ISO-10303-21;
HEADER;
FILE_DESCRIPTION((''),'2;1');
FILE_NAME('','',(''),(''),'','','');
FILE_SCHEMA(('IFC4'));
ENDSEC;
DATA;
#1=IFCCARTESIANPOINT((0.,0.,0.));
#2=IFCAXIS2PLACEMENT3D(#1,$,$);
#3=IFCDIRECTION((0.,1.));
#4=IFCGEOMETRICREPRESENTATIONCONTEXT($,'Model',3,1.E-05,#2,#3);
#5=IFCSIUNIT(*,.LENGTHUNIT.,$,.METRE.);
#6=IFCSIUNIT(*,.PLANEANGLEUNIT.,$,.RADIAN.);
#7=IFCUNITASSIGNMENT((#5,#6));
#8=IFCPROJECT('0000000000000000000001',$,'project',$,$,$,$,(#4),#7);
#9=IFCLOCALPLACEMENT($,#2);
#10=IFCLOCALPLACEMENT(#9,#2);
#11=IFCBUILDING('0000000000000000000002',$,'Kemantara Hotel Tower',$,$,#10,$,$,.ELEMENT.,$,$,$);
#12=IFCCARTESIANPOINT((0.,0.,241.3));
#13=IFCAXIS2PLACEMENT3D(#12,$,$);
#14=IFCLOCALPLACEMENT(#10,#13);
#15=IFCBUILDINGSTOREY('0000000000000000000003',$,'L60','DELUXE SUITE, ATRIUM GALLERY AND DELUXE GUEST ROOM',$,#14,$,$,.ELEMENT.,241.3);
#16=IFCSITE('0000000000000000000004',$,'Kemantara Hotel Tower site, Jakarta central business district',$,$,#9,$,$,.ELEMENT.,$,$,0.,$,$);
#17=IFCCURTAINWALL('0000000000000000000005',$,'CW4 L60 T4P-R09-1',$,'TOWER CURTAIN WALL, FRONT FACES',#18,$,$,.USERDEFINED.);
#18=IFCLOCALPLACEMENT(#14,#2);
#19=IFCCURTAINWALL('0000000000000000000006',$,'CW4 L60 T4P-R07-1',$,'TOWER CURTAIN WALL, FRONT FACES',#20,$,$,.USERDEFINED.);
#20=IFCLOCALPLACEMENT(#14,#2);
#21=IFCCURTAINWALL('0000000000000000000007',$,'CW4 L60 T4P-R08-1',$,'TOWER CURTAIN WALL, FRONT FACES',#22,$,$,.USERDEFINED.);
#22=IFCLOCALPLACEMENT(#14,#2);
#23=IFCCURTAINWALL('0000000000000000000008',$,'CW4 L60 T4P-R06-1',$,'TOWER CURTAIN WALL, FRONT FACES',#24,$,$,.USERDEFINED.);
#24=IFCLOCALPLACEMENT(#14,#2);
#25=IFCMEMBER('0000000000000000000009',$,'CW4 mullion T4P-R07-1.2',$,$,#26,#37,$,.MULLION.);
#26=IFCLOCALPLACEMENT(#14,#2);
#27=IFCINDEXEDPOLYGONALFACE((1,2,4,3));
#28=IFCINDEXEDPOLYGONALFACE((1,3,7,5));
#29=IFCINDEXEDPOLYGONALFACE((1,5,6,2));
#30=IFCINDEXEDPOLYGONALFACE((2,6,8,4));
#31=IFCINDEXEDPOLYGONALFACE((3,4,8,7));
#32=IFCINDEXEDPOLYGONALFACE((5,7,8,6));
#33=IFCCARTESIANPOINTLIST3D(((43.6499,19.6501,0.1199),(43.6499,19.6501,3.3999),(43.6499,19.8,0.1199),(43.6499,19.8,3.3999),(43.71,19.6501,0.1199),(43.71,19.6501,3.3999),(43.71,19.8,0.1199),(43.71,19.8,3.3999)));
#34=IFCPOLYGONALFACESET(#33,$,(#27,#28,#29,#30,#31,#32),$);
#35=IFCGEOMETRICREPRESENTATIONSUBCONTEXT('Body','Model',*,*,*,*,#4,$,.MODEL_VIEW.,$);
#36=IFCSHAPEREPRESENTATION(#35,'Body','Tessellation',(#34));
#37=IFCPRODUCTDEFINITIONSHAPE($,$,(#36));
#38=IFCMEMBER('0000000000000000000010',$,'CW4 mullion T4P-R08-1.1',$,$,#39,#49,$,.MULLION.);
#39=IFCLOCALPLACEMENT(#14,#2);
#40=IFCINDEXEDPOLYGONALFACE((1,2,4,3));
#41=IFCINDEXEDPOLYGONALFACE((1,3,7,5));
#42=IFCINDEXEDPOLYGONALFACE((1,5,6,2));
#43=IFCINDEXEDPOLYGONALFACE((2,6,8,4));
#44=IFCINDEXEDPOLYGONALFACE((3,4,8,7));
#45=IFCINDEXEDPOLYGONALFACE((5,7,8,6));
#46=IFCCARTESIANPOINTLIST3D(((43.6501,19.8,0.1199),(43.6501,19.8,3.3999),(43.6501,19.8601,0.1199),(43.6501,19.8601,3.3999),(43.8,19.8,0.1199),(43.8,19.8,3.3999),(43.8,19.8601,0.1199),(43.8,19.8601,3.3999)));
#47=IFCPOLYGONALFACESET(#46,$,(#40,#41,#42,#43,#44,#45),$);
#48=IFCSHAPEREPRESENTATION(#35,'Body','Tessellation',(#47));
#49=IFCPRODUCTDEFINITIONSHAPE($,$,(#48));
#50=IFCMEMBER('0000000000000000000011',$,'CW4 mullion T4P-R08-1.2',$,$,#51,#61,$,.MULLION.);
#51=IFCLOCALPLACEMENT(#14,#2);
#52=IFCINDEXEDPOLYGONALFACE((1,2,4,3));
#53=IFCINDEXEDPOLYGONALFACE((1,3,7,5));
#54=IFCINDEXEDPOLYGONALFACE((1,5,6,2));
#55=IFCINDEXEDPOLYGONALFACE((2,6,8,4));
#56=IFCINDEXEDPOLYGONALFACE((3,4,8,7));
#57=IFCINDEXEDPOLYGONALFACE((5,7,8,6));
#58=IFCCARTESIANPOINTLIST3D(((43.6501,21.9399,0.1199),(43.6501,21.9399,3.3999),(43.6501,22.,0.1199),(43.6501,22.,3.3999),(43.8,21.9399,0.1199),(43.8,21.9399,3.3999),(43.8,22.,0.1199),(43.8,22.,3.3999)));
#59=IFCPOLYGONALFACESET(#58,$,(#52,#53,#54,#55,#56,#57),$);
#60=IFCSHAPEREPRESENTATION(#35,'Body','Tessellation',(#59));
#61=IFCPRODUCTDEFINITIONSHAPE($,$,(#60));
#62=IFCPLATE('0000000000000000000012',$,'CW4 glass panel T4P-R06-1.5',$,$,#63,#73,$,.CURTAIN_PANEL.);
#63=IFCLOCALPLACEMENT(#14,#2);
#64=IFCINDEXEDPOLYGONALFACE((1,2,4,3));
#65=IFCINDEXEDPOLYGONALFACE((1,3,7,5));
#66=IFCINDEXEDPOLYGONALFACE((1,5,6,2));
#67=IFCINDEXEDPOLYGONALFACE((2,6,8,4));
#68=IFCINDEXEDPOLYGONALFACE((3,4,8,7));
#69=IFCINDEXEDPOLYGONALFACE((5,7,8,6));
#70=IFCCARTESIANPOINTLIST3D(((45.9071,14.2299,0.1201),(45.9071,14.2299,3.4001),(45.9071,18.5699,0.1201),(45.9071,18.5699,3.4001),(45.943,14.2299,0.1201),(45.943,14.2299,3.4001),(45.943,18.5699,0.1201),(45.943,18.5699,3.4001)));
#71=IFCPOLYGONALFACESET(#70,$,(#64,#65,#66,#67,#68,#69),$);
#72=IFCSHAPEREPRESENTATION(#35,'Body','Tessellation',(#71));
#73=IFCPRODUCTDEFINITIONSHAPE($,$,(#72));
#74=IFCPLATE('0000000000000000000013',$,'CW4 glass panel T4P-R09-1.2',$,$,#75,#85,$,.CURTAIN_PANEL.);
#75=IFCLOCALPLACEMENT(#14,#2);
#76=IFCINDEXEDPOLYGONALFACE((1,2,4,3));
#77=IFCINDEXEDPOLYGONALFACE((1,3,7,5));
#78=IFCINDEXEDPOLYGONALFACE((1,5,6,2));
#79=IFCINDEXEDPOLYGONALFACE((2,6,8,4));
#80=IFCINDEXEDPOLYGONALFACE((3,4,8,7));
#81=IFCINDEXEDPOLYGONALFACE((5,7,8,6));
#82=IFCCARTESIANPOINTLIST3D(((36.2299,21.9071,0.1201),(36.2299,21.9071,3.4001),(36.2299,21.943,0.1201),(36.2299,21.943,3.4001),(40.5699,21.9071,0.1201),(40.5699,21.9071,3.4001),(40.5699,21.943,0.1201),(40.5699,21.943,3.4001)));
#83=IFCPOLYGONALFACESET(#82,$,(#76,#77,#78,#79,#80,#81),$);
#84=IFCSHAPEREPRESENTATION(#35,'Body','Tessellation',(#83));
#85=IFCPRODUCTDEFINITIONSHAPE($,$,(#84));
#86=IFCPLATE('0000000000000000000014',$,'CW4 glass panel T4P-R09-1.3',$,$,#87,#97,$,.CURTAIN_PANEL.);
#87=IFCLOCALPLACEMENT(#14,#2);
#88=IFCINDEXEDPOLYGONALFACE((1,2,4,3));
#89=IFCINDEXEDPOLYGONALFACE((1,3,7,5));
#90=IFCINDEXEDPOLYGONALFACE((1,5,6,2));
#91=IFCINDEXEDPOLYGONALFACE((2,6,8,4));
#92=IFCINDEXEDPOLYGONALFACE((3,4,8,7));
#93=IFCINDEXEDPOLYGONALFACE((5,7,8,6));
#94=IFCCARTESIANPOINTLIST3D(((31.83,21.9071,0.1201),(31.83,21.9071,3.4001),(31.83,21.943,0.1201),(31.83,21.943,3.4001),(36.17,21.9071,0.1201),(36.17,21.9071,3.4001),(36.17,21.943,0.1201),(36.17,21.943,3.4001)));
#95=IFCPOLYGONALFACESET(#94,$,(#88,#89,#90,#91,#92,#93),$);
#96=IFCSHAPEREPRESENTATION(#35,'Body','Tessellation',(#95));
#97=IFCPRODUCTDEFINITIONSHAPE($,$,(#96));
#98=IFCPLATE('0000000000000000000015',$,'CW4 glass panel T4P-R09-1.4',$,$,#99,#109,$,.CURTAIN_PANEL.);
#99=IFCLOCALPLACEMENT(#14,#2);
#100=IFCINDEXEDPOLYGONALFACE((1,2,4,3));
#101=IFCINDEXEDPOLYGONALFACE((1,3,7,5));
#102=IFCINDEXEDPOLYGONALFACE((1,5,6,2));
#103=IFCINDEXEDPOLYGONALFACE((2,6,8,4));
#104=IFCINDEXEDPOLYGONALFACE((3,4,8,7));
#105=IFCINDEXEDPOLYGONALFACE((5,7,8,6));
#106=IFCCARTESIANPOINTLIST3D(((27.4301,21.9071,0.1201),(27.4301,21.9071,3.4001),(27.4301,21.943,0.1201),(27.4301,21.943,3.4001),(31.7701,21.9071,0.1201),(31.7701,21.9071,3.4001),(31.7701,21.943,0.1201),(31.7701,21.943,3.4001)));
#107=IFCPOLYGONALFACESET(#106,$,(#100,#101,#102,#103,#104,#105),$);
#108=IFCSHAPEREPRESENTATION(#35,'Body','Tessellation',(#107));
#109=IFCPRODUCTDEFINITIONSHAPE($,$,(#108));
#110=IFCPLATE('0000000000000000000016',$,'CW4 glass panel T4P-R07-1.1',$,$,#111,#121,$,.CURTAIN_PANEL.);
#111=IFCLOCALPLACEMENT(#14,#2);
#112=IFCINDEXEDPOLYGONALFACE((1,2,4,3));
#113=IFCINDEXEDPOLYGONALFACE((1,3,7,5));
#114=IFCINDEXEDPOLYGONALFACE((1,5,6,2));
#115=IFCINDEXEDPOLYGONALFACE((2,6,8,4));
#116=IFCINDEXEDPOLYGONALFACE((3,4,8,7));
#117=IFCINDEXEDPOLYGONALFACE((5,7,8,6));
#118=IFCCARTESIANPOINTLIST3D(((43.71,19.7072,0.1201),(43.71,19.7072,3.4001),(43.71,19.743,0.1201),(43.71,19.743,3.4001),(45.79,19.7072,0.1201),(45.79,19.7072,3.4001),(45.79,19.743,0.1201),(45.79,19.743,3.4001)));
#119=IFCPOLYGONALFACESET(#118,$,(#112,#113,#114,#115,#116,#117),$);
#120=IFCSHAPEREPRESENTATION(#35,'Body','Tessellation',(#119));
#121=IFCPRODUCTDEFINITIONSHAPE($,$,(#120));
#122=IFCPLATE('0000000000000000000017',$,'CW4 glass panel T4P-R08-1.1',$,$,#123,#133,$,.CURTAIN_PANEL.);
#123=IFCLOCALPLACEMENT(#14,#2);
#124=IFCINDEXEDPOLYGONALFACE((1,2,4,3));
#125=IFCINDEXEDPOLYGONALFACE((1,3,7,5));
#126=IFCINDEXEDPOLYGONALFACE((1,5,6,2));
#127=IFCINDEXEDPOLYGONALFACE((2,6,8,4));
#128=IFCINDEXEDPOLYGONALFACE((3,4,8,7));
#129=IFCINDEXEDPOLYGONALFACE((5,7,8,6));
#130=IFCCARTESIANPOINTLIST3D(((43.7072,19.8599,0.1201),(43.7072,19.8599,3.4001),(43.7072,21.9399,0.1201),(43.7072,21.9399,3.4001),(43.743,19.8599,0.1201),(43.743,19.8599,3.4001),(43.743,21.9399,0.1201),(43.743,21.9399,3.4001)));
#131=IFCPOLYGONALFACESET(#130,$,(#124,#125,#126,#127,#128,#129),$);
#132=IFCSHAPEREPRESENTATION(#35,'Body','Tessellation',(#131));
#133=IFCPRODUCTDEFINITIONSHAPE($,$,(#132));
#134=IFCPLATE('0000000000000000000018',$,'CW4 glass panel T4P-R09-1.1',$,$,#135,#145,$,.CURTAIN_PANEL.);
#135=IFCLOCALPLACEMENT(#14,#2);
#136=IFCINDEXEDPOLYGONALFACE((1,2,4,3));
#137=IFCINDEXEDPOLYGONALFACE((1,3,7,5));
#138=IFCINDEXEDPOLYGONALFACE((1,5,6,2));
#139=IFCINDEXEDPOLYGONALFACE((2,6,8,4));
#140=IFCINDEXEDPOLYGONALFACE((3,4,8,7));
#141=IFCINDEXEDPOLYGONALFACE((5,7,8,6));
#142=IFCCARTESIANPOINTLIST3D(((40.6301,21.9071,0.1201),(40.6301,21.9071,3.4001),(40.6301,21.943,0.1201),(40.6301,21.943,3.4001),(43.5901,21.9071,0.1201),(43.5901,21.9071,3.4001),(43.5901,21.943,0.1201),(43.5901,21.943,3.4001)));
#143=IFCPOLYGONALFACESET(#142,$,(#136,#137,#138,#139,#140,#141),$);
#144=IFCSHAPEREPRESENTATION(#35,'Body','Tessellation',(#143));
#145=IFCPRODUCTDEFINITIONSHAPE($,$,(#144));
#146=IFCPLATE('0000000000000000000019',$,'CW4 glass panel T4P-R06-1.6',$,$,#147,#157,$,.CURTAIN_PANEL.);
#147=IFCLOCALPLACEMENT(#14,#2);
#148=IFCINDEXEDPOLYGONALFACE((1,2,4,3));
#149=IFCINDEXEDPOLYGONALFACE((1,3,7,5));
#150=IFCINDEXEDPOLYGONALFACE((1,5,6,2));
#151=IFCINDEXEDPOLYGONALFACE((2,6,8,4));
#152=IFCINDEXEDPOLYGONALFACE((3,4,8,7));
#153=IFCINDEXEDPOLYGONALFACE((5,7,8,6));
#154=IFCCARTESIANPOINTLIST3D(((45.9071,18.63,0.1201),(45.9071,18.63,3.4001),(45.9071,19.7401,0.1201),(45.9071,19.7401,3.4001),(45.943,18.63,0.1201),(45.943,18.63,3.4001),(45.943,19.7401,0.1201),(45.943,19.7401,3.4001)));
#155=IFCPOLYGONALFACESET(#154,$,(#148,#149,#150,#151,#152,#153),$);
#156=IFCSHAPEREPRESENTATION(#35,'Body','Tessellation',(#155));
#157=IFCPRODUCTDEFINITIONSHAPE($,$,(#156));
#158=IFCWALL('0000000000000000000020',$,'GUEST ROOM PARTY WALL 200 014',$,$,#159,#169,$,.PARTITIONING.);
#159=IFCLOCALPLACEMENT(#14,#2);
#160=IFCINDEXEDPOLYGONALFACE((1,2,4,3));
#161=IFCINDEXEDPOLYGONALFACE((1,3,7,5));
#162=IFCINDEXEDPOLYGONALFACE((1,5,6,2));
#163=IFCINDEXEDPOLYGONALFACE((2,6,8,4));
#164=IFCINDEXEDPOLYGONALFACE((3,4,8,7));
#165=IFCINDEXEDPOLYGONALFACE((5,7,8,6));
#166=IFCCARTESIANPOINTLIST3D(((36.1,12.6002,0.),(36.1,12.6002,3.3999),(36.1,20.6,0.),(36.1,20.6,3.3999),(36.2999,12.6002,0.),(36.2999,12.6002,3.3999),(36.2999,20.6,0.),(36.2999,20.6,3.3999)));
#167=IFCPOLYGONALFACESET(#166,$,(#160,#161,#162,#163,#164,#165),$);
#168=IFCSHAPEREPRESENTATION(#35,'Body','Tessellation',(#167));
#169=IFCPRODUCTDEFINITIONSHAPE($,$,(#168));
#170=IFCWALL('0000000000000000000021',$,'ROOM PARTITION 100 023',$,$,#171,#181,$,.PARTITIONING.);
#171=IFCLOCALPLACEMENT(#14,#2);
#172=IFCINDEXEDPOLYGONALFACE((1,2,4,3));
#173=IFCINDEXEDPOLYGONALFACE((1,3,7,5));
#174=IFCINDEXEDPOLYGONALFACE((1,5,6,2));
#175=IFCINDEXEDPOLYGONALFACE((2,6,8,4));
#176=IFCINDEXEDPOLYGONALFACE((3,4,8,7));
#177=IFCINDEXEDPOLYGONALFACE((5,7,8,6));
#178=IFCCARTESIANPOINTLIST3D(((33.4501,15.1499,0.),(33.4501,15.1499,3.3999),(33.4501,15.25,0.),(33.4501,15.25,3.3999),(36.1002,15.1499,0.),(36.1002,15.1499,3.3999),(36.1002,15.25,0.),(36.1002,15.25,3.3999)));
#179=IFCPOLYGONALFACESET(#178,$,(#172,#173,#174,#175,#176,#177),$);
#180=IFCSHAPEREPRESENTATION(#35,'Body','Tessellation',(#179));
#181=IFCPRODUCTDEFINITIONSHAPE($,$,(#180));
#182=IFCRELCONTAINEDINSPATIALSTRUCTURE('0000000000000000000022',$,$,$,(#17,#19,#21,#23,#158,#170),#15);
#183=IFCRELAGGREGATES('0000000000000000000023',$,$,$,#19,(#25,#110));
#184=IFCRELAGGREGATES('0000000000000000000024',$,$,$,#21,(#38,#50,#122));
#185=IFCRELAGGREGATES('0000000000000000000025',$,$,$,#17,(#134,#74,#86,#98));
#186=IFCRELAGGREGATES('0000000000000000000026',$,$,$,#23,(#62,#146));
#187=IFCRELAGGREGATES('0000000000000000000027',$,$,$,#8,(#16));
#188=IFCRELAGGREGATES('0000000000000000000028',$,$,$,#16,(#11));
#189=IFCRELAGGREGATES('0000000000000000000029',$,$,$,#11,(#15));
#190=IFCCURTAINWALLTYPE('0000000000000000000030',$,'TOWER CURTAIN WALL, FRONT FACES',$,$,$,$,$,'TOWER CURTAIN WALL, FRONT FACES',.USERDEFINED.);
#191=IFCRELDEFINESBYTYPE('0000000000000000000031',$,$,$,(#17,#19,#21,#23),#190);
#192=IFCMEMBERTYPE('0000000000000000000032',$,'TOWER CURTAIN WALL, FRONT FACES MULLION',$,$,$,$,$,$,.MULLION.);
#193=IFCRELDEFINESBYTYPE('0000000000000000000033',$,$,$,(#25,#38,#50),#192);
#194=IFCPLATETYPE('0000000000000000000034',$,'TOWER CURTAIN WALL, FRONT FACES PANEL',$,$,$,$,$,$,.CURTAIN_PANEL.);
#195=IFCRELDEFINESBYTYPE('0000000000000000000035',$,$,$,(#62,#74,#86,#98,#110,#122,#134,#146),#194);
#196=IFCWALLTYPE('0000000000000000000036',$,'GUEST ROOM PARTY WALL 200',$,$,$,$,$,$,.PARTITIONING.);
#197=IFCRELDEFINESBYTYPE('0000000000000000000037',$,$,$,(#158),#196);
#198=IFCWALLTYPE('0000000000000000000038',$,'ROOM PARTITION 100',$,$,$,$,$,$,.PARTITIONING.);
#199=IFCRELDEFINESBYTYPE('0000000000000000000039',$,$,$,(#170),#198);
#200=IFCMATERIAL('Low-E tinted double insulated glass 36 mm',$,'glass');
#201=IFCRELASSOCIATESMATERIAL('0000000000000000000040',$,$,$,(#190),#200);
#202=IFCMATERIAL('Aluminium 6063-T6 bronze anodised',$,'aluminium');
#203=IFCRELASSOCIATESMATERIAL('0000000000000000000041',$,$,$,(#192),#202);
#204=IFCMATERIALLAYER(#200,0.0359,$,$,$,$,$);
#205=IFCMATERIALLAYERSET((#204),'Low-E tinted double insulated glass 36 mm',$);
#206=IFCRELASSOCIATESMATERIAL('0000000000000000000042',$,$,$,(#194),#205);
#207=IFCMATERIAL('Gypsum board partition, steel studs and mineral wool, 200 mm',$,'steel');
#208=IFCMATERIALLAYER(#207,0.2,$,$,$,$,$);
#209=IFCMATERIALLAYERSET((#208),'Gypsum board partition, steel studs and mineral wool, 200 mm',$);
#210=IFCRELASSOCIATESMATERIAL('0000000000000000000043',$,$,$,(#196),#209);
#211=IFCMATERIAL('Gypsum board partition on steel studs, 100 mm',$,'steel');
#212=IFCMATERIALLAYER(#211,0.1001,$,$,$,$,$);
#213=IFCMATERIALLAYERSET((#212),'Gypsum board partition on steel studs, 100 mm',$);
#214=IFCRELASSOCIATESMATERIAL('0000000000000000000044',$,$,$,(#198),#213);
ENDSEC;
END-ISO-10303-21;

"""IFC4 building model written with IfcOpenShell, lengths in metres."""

from ifc_helpers import new_model, si_unit, direction, frame, frame_2d, origin, origin_2d, place, context, subcontext, project, spatial, rectangle, extrude, source, transform, mapped, material, layer, layer_set, material_profile, profile_set, type_object, element, aggregate, save


model = new_model("IFC4")

# Units and contexts
model_context = context("Model", 3, precision=1e-05, world=origin(), true_north=direction((0.0, 1.0)))
body_context = subcontext(model_context, "Body", "Model", "MODEL_VIEW")
ifc_project = project(units=[si_unit("LENGTHUNIT", "METRE"), si_unit("PLANEANGLEUNIT", "RADIAN")], contexts=[model_context])

# Site, building, storey
site_placement = place(None, origin())
site = spatial("IfcSite", under=ifc_project, at=site_placement, Name="Kemantara Hotel Tower site, Jakarta central business district", CompositionType="ELEMENT", RefElevation=0.0)
building_placement = place(site_placement, origin())
building = spatial("IfcBuilding", under=site, at=building_placement, Name="Kemantara Hotel Tower", CompositionType="ELEMENT")
storey_placement = place(building_placement, frame((0.0, 0.0, 241.3)))
storey = spatial("IfcBuildingStorey", under=building, at=storey_placement, Name="L60", Description="DELUXE SUITE, ATRIUM GALLERY AND DELUXE GUEST ROOM", CompositionType="ELEMENT", Elevation=241.3)

# Curtain walls
ifc_material_1 = material(Name="Low-E tinted double insulated glass 36 mm", Category="glass")
curtain_wall_type = type_object("IfcCurtainWallType", Name="TOWER CURTAIN WALL, FRONT FACES", ElementType="TOWER CURTAIN WALL, FRONT FACES", PredefinedType="USERDEFINED", material=ifc_material_1)
curtain_wall_1_placement = place(storey_placement, origin())
curtain_wall_1 = element("IfcCurtainWall", 1, at=curtain_wall_1_placement, inside=storey, type_object=curtain_wall_type, Name="CW4 L60 T4P-R09-1", ObjectType="TOWER CURTAIN WALL, FRONT FACES", PredefinedType="USERDEFINED")
ifc_material_2 = material(Name="Aluminium 6063-T6 bronze anodised", Category="aluminium")
curtain_wall_2_placement = place(storey_placement, origin())
curtain_wall_2 = element("IfcCurtainWall", 2, at=curtain_wall_2_placement, inside=storey, type_object=curtain_wall_type, Name="CW4 L60 T4P-R07-1", ObjectType="TOWER CURTAIN WALL, FRONT FACES", PredefinedType="USERDEFINED")
curtain_wall_3_placement = place(storey_placement, origin())
curtain_wall_3 = element("IfcCurtainWall", 3, at=curtain_wall_3_placement, inside=storey, type_object=curtain_wall_type, Name="CW4 L60 T4P-R08-1", ObjectType="TOWER CURTAIN WALL, FRONT FACES", PredefinedType="USERDEFINED")

# Curtain wall
curtain_wall_4_placement = place(storey_placement, origin())
curtain_wall_4 = element("IfcCurtainWall", 4, at=curtain_wall_4_placement, inside=storey, type_object=curtain_wall_type, Name="CW4 L60 T4P-R06-1", ObjectType="TOWER CURTAIN WALL, FRONT FACES", PredefinedType="USERDEFINED")
ifc_material_profile_1 = material_profile(ifc_material_2, rectangle(XDim=0.1499, YDim=0.0601, at=origin_2d()), Name="TOWER CURTAIN WALL, FRONT FACES MULLION")
ifc_profile_set_1 = profile_set([ifc_material_profile_1], Name="Aluminium 6063-T6 bronze anodised")
member_type_1 = type_object("IfcMemberType", Name="TOWER CURTAIN WALL, FRONT FACES MULLION", PredefinedType="MULLION", material=ifc_profile_set_1)
shared_shape_1 = source(origin(), body_context, "Body", "SweptSolid", [
    extrude(rectangle(XDim=0.1499, YDim=0.0601, at=origin_2d()), origin(), (0.0, 0.0, 1.0), 3.28),
])

# Members
member_1_placement = place(storey_placement, frame((43.6799, 19.7251, 0.1199), z_axis=(0.0, 0.0, 1.0), x_axis=(0.0, -1.0, 0.0)))
member_1 = element("IfcMember", 5, at=member_1_placement, type_object=member_type_1, Name="CW4 mullion T4P-R07-1.2", PredefinedType="MULLION", context=body_context, shape_type="MappedRepresentation", body=[
    mapped(shared_shape_1, transform((0.0, 0.0, 0.0))),
])
member_2_placement = place(storey_placement, frame((43.7251, 19.8301, 0.1199), z_axis=(0.0, 0.0, 1.0), x_axis=(-1.0, 0.0, 0.0)))
member_2 = element("IfcMember", 6, at=member_2_placement, type_object=member_type_1, Name="CW4 mullion T4P-R08-1.1", PredefinedType="MULLION", context=body_context, shape_type="MappedRepresentation", body=[
    mapped(shared_shape_1, transform((0.0, 0.0, 0.0))),
])
member_3_placement = place(storey_placement, frame((43.7251, 21.97, 0.1199), z_axis=(0.0, 0.0, 1.0), x_axis=(-1.0, 0.0, 0.0)))
member_3 = element("IfcMember", 7, at=member_3_placement, type_object=member_type_1, Name="CW4 mullion T4P-R08-1.2", PredefinedType="MULLION", context=body_context, shape_type="MappedRepresentation", body=[
    mapped(shared_shape_1, transform((0.0, 0.0, 0.0))),
])

# Plates
ifc_layer_1 = layer(ifc_material_1, 0.0359)
ifc_layer_set_1 = layer_set([ifc_layer_1], Name="Low-E tinted double insulated glass 36 mm")
plate_type = type_object("IfcPlateType", Name="TOWER CURTAIN WALL, FRONT FACES PANEL", PredefinedType="CURTAIN_PANEL", material=ifc_layer_set_1)
shared_shape_2 = source(origin(), body_context, "Body", "SweptSolid", [
    extrude(rectangle(XDim=4.3401, YDim=0.0359, at=origin_2d()), origin(), (0.0, 0.0, 1.0), 3.28),
])
plate_1_placement = place(storey_placement, frame((45.925, 16.3999, 0.1201), z_axis=(0.0, 0.0, 1.0), x_axis=(0.0, 1.0, 0.0)))
plate_1 = element("IfcPlate", 8, at=plate_1_placement, type_object=plate_type, Name="CW4 glass panel T4P-R06-1.5", PredefinedType="CURTAIN_PANEL", context=body_context, shape_type="MappedRepresentation", body=[
    mapped(shared_shape_2, transform((0.0, 0.0, 0.0))),
])
plate_2_placement = place(storey_placement, frame((38.3999, 21.925, 0.1201), z_axis=(0.0, 0.0, 1.0), x_axis=(-1.0, 0.0, 0.0)))
plate_2 = element("IfcPlate", 9, at=plate_2_placement, type_object=plate_type, Name="CW4 glass panel T4P-R09-1.2", PredefinedType="CURTAIN_PANEL", context=body_context, shape_type="MappedRepresentation", body=[
    mapped(shared_shape_2, transform((0.0, 0.0, 0.0))),
])
plate_3_placement = place(storey_placement, frame((34.0, 21.925, 0.1201), z_axis=(0.0, 0.0, 1.0), x_axis=(-1.0, 0.0, 0.0)))
plate_3 = element("IfcPlate", 10, at=plate_3_placement, type_object=plate_type, Name="CW4 glass panel T4P-R09-1.3", PredefinedType="CURTAIN_PANEL", context=body_context, shape_type="MappedRepresentation", body=[
    mapped(shared_shape_2, transform((0.0, 0.0, 0.0))),
])
plate_4_placement = place(storey_placement, frame((29.6001, 21.925, 0.1201), z_axis=(0.0, 0.0, 1.0), x_axis=(-1.0, 0.0, 0.0)))
plate_4 = element("IfcPlate", 11, at=plate_4_placement, type_object=plate_type, Name="CW4 glass panel T4P-R09-1.4", PredefinedType="CURTAIN_PANEL", context=body_context, shape_type="MappedRepresentation", body=[
    mapped(shared_shape_2, transform((0.0, 0.0, 0.0))),
])
shared_shape_3 = source(origin(), body_context, "Body", "SweptSolid", [
    extrude(rectangle(XDim=2.0801, YDim=0.0359, at=origin_2d()), origin(), (0.0, 0.0, 1.0), 3.28),
])
plate_5_placement = place(storey_placement, frame((44.75, 19.7251, 0.1201), z_axis=(0.0, 0.0, 1.0), x_axis=(-1.0, 0.0, 0.0)))
plate_5 = element("IfcPlate", 12, at=plate_5_placement, type_object=plate_type, Name="CW4 glass panel T4P-R07-1.1", PredefinedType="CURTAIN_PANEL", context=body_context, shape_type="MappedRepresentation", body=[
    mapped(shared_shape_3, transform((0.0, 0.0, 0.0))),
])
aggregate(curtain_wall_2, [member_1, plate_5])
plate_6_placement = place(storey_placement, frame((43.7251, 20.8999, 0.1201), z_axis=(0.0, 0.0, 1.0), x_axis=(0.0, 1.0, 0.0)))
plate_6 = element("IfcPlate", 13, at=plate_6_placement, type_object=plate_type, Name="CW4 glass panel T4P-R08-1.1", PredefinedType="CURTAIN_PANEL", context=body_context, shape_type="MappedRepresentation", body=[
    mapped(shared_shape_3, transform((0.0, 0.0, 0.0))),
])
aggregate(curtain_wall_3, [member_2, member_3, plate_6])
shared_shape_4 = source(origin(), body_context, "Body", "SweptSolid", [
    extrude(rectangle(XDim=2.96, YDim=0.0359, at=origin_2d()), origin(), (0.0, 0.0, 1.0), 3.28),
])
plate_7_placement = place(storey_placement, frame((42.1101, 21.925, 0.1201), z_axis=(0.0, 0.0, 1.0), x_axis=(-1.0, 0.0, 0.0)))
plate_7 = element("IfcPlate", 14, at=plate_7_placement, type_object=plate_type, Name="CW4 glass panel T4P-R09-1.1", PredefinedType="CURTAIN_PANEL", context=body_context, shape_type="MappedRepresentation", body=[
    mapped(shared_shape_4, transform((0.0, 0.0, 0.0))),
])
aggregate(curtain_wall_1, [plate_7, plate_2, plate_3, plate_4])
shared_shape_5 = source(origin(), body_context, "Body", "SweptSolid", [
    extrude(rectangle(XDim=1.1101, YDim=0.0359, at=origin_2d()), origin(), (0.0, 0.0, 1.0), 3.28),
])
plate_8_placement = place(storey_placement, frame((45.925, 19.1851, 0.1201), z_axis=(0.0, 0.0, 1.0), x_axis=(0.0, 1.0, 0.0)))
plate_8 = element("IfcPlate", 15, at=plate_8_placement, type_object=plate_type, Name="CW4 glass panel T4P-R06-1.6", PredefinedType="CURTAIN_PANEL", context=body_context, shape_type="MappedRepresentation", body=[
    mapped(shared_shape_5, transform((0.0, 0.0, 0.0))),
])
aggregate(curtain_wall_4, [plate_1, plate_8])

# Walls
ifc_material_3 = material(Name="Gypsum board partition, steel studs and mineral wool, 200 mm", Category="steel")
ifc_layer_2 = layer(ifc_material_3, 0.2)
ifc_layer_set_2 = layer_set([ifc_layer_2], Name="Gypsum board partition, steel studs and mineral wool, 200 mm")
wall_type_1 = type_object("IfcWallType", Name="GUEST ROOM PARTY WALL 200", PredefinedType="PARTITIONING", material=ifc_layer_set_2)
wall_1_placement = place(storey_placement, frame((36.2, 12.6001, 0.0), z_axis=(0.0, 0.0, 1.0), x_axis=(0.0, 1.0, 0.0)))
element("IfcWall", 16, at=wall_1_placement, inside=storey, type_object=wall_type_1, Name="GUEST ROOM PARTY WALL 200 014", PredefinedType="PARTITIONING", context=body_context, shape_type="SweptSolid", body=[
    extrude(rectangle(XDim=7.9998, YDim=0.2, at=frame_2d((4.0, 0.0))), origin(), (0.0, 0.0, 1.0), 3.3999),
])
ifc_material_4 = material(Name="Gypsum board partition on steel studs, 100 mm", Category="steel")
ifc_layer_3 = layer(ifc_material_4, 0.1001)
ifc_layer_set_3 = layer_set([ifc_layer_3], Name="Gypsum board partition on steel studs, 100 mm")
wall_type_2 = type_object("IfcWallType", Name="ROOM PARTITION 100", PredefinedType="PARTITIONING", material=ifc_layer_set_3)
wall_2_placement = place(storey_placement, frame((33.45, 15.2, 0.0), z_axis=(0.0, 0.0, 1.0), x_axis=(1.0, 0.0, 0.0)))
element("IfcWall", 17, at=wall_2_placement, inside=storey, type_object=wall_type_2, Name="ROOM PARTITION 100 023", PredefinedType="PARTITIONING", context=body_context, shape_type="SweptSolid", body=[
    extrude(rectangle(XDim=2.6501, YDim=0.1001, at=frame_2d((1.3252, 0.0))), origin(), (0.0, 0.0, 1.0), 3.3999),
])

save(model, "model.ifc")
